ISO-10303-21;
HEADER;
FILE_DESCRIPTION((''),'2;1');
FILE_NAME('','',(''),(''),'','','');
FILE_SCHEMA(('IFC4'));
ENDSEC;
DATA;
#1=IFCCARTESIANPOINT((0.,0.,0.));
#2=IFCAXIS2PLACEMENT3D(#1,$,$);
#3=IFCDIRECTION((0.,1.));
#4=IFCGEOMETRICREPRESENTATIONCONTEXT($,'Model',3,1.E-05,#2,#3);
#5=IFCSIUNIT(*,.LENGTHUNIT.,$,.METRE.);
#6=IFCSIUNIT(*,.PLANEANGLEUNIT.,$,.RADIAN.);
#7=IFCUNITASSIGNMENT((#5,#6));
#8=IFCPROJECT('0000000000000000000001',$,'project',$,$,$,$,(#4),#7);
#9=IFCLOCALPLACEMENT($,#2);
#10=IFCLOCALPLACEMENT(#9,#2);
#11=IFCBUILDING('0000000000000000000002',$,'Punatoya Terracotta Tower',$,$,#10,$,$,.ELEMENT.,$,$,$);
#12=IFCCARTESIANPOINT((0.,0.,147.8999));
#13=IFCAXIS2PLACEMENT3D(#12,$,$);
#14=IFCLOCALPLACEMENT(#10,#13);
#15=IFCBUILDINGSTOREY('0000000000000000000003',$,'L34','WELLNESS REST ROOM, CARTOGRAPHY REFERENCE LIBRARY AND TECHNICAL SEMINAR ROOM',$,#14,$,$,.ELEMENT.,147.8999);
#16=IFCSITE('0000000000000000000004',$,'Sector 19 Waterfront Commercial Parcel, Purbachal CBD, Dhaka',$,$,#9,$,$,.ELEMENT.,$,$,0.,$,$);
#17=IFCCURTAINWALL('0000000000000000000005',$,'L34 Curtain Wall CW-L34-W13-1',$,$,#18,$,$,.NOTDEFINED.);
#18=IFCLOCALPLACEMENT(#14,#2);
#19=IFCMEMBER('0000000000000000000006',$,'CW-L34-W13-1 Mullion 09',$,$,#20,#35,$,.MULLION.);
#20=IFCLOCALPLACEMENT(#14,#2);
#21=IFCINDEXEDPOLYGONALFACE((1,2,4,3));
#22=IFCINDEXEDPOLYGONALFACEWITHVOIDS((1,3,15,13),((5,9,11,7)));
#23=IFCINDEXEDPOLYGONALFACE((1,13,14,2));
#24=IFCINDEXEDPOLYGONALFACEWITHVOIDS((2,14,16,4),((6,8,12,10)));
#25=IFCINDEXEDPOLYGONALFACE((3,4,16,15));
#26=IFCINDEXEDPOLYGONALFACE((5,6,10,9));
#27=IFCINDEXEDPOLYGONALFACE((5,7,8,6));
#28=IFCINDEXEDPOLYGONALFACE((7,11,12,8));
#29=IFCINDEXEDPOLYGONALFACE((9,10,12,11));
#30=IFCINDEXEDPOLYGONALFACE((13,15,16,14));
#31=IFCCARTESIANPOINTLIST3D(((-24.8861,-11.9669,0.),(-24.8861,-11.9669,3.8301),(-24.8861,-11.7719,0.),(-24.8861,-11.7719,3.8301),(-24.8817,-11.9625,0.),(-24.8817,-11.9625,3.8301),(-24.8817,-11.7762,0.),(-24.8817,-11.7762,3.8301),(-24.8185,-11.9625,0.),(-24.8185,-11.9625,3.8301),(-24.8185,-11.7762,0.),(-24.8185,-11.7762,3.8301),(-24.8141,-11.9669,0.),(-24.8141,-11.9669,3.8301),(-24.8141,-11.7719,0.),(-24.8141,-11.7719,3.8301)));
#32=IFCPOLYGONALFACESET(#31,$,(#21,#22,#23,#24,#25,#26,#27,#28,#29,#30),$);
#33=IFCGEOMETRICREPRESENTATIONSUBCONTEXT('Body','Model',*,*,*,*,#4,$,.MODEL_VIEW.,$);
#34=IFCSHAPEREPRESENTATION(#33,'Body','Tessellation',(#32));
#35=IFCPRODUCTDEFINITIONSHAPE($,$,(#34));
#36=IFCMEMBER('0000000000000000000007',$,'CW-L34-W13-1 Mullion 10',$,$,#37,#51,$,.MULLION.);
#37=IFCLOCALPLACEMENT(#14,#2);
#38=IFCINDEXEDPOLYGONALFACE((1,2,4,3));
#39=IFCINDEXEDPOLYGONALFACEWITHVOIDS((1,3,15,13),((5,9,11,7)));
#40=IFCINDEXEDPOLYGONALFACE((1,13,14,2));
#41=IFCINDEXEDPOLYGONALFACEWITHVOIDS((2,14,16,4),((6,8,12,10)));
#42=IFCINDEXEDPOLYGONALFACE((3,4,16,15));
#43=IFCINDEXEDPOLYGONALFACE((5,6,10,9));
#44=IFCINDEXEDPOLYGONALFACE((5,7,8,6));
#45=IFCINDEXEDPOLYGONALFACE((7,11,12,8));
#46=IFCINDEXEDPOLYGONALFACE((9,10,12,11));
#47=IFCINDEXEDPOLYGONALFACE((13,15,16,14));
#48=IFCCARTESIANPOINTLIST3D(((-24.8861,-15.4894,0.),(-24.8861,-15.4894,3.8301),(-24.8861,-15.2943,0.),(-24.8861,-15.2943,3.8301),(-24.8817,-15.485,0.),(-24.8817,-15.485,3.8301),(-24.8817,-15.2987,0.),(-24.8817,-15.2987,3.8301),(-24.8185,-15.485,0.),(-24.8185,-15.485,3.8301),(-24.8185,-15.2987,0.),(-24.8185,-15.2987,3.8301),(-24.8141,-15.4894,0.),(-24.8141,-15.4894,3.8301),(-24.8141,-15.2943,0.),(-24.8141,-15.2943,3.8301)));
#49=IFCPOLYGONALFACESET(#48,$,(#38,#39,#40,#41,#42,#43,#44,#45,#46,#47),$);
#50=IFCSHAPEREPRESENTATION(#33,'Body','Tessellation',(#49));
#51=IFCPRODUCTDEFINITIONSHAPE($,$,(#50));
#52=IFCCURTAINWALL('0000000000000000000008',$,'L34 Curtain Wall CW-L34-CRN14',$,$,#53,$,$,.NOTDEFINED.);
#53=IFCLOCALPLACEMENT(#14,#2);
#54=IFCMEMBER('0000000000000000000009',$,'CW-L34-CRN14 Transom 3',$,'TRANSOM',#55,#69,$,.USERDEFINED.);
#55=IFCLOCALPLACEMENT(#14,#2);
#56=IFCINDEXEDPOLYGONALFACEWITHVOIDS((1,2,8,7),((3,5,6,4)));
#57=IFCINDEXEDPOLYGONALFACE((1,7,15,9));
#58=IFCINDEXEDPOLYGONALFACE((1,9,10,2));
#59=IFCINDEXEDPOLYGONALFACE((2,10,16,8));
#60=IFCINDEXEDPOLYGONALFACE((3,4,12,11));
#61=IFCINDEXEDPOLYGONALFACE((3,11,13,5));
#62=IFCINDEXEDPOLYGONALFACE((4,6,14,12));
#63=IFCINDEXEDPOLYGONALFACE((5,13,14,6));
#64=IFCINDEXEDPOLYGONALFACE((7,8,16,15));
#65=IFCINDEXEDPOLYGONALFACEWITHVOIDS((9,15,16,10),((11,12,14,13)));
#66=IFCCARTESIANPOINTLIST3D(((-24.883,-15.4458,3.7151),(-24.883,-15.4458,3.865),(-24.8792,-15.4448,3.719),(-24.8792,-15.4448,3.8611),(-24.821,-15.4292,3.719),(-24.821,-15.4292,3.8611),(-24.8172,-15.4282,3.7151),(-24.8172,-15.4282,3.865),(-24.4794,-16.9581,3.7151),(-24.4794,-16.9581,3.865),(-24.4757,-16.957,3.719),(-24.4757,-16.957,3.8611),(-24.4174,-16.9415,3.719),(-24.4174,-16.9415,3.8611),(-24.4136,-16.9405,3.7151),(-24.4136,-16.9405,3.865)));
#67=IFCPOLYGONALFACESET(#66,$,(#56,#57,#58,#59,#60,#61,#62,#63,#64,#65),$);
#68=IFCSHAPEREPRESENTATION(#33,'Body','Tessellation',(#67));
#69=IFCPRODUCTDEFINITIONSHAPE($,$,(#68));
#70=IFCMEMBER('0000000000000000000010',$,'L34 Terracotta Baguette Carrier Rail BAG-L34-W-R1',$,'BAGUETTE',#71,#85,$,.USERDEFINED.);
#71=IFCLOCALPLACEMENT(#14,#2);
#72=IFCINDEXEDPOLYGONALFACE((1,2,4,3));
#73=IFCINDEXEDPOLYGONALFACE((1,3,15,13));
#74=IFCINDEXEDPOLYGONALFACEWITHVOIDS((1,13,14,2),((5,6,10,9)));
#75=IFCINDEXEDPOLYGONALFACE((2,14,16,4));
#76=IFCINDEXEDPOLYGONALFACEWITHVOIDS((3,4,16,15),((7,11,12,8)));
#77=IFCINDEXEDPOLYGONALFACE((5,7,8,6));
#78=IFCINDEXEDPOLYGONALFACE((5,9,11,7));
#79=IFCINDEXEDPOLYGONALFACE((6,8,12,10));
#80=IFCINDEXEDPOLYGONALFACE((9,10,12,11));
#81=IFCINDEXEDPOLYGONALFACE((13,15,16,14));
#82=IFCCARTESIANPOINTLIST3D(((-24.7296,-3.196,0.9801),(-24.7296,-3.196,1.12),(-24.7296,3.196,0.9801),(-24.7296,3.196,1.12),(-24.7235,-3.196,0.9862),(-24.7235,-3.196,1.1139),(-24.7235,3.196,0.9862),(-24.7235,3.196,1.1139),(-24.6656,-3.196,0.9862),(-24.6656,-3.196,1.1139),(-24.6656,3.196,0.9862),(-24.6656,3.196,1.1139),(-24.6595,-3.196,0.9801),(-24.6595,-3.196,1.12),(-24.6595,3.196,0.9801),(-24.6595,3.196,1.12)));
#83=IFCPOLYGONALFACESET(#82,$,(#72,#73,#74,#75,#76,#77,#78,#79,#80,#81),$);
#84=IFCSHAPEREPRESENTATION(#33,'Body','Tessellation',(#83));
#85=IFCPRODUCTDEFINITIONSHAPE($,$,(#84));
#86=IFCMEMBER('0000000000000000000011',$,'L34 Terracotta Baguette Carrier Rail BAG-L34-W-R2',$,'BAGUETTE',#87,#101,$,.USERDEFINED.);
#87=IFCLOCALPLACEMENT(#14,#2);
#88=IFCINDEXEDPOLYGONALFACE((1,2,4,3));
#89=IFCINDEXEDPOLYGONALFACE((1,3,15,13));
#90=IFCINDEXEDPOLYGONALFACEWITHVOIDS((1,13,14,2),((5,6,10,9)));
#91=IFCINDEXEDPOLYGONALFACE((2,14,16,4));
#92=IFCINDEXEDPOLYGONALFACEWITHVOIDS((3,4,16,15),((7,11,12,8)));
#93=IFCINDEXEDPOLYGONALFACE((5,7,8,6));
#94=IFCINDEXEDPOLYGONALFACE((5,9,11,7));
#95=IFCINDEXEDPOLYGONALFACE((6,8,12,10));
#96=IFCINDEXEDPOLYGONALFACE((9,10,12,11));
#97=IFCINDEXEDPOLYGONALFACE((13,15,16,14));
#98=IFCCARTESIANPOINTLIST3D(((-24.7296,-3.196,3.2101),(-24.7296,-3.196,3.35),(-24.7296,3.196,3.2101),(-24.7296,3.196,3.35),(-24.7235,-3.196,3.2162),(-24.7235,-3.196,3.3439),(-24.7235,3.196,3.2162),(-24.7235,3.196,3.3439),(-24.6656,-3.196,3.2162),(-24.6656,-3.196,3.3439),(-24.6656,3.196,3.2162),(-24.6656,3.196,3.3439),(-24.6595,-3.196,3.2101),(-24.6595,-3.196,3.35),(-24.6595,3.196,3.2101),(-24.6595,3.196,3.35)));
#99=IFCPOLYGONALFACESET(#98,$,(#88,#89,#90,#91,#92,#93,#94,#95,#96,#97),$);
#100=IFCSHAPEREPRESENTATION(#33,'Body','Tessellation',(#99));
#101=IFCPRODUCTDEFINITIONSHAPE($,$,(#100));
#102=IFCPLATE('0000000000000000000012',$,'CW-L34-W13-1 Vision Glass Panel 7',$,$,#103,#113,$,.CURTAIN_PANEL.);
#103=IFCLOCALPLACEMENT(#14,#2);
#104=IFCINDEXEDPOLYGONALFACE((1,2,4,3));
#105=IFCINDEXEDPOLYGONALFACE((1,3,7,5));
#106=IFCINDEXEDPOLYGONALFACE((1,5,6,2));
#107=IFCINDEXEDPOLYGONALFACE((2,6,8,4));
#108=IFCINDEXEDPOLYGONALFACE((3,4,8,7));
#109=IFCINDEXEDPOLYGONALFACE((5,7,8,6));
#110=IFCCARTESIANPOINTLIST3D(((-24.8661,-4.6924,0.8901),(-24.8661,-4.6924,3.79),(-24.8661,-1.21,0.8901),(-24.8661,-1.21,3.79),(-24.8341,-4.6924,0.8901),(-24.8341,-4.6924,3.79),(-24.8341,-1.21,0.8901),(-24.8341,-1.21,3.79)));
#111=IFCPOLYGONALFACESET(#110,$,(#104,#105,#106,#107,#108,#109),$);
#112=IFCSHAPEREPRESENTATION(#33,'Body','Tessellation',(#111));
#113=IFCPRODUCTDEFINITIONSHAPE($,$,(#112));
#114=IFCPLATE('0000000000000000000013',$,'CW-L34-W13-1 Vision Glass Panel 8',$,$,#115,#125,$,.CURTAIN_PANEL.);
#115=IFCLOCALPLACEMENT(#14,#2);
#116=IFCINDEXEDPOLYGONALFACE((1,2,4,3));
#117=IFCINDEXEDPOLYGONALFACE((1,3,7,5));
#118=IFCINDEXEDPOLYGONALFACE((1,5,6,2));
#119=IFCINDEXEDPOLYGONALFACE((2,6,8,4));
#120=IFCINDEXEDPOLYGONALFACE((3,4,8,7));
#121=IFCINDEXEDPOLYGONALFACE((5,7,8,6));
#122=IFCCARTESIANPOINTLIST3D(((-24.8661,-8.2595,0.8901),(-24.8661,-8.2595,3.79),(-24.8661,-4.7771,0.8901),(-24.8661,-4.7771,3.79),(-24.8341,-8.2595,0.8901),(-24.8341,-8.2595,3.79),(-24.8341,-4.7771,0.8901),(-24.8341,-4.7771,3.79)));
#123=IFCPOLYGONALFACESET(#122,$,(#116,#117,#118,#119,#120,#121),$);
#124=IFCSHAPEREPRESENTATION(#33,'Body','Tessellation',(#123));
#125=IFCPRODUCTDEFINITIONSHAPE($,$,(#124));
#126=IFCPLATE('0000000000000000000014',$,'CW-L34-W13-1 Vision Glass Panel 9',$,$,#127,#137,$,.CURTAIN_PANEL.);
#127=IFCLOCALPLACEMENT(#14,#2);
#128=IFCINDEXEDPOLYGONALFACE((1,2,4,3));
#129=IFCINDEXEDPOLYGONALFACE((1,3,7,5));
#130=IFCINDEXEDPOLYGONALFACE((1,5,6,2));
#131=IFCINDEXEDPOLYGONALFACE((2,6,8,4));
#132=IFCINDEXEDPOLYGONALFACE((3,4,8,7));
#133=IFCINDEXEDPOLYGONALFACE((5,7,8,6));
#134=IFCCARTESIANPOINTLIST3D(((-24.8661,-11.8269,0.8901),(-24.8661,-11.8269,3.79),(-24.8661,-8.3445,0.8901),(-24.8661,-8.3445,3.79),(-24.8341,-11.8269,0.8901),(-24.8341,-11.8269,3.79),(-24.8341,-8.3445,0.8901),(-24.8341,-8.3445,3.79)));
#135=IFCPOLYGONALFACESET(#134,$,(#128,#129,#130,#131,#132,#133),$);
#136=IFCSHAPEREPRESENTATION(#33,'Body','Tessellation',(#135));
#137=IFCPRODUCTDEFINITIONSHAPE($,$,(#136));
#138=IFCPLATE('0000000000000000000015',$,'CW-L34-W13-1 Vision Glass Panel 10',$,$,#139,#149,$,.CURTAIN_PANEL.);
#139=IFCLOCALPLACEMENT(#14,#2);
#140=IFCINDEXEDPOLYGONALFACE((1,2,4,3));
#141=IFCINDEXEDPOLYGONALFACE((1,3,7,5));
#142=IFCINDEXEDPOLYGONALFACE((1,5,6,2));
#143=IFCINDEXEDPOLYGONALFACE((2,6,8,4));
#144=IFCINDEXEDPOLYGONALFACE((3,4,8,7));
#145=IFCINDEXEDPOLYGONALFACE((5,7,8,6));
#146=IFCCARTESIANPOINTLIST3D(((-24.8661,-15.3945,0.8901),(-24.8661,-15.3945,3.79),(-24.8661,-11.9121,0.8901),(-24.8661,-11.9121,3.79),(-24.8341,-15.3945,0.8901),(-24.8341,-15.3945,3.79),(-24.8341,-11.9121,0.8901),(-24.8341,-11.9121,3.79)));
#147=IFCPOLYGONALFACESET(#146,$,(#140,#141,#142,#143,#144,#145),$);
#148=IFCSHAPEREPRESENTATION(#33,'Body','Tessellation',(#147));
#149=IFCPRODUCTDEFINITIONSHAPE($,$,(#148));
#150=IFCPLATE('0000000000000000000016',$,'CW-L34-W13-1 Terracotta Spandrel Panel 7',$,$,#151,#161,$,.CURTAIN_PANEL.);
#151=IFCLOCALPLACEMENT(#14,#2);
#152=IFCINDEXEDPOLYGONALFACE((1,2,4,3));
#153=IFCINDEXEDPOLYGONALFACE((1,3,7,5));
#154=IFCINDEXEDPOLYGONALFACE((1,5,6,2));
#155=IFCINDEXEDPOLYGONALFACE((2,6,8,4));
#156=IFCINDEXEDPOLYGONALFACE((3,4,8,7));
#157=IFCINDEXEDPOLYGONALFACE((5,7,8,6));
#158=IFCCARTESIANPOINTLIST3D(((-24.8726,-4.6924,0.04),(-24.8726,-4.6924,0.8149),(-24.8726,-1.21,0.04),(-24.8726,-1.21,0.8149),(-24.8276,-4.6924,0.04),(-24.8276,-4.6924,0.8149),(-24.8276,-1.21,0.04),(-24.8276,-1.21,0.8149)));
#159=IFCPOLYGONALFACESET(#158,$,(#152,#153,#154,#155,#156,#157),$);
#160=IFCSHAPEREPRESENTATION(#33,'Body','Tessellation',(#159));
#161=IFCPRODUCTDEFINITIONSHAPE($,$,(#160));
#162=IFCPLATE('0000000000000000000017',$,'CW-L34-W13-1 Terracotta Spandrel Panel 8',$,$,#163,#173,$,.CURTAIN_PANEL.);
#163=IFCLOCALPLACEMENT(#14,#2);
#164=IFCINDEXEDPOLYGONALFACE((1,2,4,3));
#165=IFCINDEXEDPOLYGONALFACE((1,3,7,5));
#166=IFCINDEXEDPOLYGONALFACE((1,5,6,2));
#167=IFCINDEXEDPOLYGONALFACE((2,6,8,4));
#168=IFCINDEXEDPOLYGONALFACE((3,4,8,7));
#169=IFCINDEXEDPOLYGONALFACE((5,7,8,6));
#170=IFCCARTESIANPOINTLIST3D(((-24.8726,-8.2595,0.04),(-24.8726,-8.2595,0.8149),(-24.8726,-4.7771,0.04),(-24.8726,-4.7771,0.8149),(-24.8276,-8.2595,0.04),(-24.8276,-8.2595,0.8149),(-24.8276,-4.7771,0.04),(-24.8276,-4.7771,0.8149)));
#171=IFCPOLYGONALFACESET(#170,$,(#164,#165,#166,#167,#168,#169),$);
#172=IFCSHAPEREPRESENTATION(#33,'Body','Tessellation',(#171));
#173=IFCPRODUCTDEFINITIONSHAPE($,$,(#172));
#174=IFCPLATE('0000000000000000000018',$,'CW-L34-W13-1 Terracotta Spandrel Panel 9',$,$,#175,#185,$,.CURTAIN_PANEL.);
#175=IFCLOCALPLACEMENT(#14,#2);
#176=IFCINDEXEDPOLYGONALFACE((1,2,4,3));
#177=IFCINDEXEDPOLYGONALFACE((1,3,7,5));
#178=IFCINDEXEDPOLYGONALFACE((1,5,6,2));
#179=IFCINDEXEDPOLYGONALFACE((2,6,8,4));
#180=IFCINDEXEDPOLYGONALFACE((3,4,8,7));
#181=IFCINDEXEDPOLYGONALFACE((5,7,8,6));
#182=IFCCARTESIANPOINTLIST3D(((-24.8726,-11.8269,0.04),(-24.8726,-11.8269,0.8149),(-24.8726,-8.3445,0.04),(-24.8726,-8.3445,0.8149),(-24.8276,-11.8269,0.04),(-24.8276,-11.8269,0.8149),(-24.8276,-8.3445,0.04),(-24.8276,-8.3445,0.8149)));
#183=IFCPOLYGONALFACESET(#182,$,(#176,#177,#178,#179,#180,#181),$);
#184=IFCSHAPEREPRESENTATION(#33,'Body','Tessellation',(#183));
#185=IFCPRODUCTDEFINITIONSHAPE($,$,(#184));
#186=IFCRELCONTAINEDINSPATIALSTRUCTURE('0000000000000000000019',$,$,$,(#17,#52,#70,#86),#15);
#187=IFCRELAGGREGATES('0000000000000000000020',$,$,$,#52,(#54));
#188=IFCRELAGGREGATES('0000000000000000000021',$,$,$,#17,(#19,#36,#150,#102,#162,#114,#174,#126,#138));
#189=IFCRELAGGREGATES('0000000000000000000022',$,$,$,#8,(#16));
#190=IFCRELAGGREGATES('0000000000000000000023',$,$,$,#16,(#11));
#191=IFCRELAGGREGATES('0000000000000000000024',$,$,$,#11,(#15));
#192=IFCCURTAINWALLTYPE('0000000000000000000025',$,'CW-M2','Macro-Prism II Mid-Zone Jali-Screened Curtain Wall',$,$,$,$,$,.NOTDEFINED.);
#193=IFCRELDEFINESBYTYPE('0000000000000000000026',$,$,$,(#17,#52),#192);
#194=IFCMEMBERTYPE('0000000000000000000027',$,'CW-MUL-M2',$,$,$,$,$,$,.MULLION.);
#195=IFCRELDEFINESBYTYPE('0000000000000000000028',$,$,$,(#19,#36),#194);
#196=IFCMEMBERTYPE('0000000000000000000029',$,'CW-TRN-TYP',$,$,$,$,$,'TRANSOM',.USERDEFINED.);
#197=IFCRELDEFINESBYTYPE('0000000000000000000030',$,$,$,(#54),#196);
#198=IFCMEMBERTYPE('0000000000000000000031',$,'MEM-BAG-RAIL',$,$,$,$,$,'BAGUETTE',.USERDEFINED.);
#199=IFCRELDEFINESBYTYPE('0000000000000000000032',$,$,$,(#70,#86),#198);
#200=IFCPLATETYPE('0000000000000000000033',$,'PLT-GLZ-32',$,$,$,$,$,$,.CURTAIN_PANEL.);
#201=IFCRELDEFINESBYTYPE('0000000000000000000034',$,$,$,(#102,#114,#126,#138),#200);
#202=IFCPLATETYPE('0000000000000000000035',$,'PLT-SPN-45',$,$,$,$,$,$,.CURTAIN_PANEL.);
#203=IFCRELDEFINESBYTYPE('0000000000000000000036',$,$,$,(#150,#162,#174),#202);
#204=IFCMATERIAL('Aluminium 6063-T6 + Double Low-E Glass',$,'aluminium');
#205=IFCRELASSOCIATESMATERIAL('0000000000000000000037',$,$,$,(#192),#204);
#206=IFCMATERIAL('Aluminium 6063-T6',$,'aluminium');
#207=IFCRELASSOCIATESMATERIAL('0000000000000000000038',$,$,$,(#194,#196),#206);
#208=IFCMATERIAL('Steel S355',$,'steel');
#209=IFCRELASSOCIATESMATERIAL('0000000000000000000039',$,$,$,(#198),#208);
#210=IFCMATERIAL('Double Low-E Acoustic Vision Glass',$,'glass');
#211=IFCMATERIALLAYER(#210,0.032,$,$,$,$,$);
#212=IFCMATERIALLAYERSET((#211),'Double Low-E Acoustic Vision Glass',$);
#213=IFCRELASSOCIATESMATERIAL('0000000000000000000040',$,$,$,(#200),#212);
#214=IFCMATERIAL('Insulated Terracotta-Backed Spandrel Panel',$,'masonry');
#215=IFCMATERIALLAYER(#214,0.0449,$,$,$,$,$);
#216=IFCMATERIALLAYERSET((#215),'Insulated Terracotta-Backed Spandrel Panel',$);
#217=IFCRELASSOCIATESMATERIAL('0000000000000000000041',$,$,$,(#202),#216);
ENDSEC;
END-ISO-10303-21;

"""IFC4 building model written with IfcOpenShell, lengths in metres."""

from ifc_helpers import new_model, si_unit, direction, frame, origin, origin_2d, place, context, subcontext, project, spatial, rectangle, hollow_rectangle, extrude, material, layer, layer_set, material_profile, profile_set, type_object, element, aggregate, save


model = new_model("IFC4")

# Units and contexts
model_context = context("Model", 3, precision=1e-05, world=origin(), true_north=direction((0.0, 1.0)))
body_context = subcontext(model_context, "Body", "Model", "MODEL_VIEW")
ifc_project = project(units=[si_unit("LENGTHUNIT", "METRE"), si_unit("PLANEANGLEUNIT", "RADIAN")], contexts=[model_context])

# Site, building, storey
site_placement = place(None, origin())
site = spatial("IfcSite", under=ifc_project, at=site_placement, Name="Sector 19 Waterfront Commercial Parcel, Purbachal CBD, Dhaka", CompositionType="ELEMENT", RefElevation=0.0)
building_placement = place(site_placement, origin())
building = spatial("IfcBuilding", under=site, at=building_placement, Name="Punatoya Terracotta Tower", CompositionType="ELEMENT")
storey_placement = place(building_placement, frame((0.0, 0.0, 147.8999)))
storey = spatial("IfcBuildingStorey", under=building, at=storey_placement, Name="L34", Description="WELLNESS REST ROOM, CARTOGRAPHY REFERENCE LIBRARY AND TECHNICAL SEMINAR ROOM", CompositionType="ELEMENT", Elevation=147.8999)

# Curtain wall, members
ifc_material_1 = material(Name="Aluminium 6063-T6 + Double Low-E Glass", Category="aluminium")
curtain_wall_type = type_object("IfcCurtainWallType", Name="CW-M2", Description="Macro-Prism II Mid-Zone Jali-Screened Curtain Wall", PredefinedType="NOTDEFINED", material=ifc_material_1)
curtain_wall_1_placement = place(storey_placement, origin())
curtain_wall_1 = element("IfcCurtainWall", 1, at=curtain_wall_1_placement, inside=storey, type_object=curtain_wall_type, Name="L34 Curtain Wall CW-L34-W13-1", PredefinedType="NOTDEFINED")
ifc_material_2 = material(Name="Aluminium 6063-T6", Category="aluminium")
ifc_material_profile_1 = material_profile(ifc_material_2, hollow_rectangle(XDim=0.072, YDim=0.1951, WallThickness=0.0044, at=origin_2d()))
ifc_profile_set_1 = profile_set([ifc_material_profile_1], Name="Aluminium 6063-T6")
member_type_1 = type_object("IfcMemberType", Name="CW-MUL-M2", PredefinedType="MULLION", material=ifc_profile_set_1)
member_1_placement = place(storey_placement, frame((-24.8501, -11.8694, 0.0), z_axis=(0.0, 0.0, 1.0), x_axis=(1.0, 0.0, 0.0)))
member_1 = element("IfcMember", 2, at=member_1_placement, type_object=member_type_1, Name="CW-L34-W13-1 Mullion 09", PredefinedType="MULLION", context=body_context, shape_type="SweptSolid", body=[
    extrude(hollow_rectangle(XDim=0.072, YDim=0.1951, WallThickness=0.0044, at=origin_2d()), origin(), (0.0, 0.0, 1.0), 3.8301),
])
member_2_placement = place(storey_placement, frame((-24.8501, -15.3918, 0.0), z_axis=(0.0, 0.0, 1.0), x_axis=(1.0, 0.0, 0.0)))
member_2 = element("IfcMember", 3, at=member_2_placement, type_object=member_type_1, Name="CW-L34-W13-1 Mullion 10", PredefinedType="MULLION", context=body_context, shape_type="SweptSolid", body=[
    extrude(hollow_rectangle(XDim=0.072, YDim=0.1951, WallThickness=0.0044, at=origin_2d()), origin(), (0.0, 0.0, 1.0), 3.8301),
])

# Curtain wall, member
curtain_wall_2_placement = place(storey_placement, origin())
curtain_wall_2 = element("IfcCurtainWall", 4, at=curtain_wall_2_placement, inside=storey, type_object=curtain_wall_type, Name="L34 Curtain Wall CW-L34-CRN14", PredefinedType="NOTDEFINED")
ifc_material_profile_2 = material_profile(ifc_material_2, hollow_rectangle(XDim=0.0681, YDim=0.1499, WallThickness=0.0039, at=origin_2d()))
ifc_profile_set_2 = profile_set([ifc_material_profile_2], Name="Aluminium 6063-T6")
member_type_2 = type_object("IfcMemberType", Name="CW-TRN-TYP", ElementType="TRANSOM", PredefinedType="USERDEFINED", material=ifc_profile_set_2)
member_3_placement = place(storey_placement, frame((-24.8501, -15.437, 3.79), z_axis=(0.257847, -0.966186, 0.0), x_axis=(0.966186, 0.257847, 0.0)))
member_3 = element("IfcMember", 5, at=member_3_placement, type_object=member_type_2, Name="CW-L34-CRN14 Transom 3", ObjectType="TRANSOM", PredefinedType="USERDEFINED", context=body_context, shape_type="SweptSolid", body=[
    extrude(hollow_rectangle(XDim=0.0681, YDim=0.1499, WallThickness=0.0039, at=origin_2d()), origin(), (0.0, 0.0, 1.0), 1.5652),
])
aggregate(curtain_wall_2, [member_3])

# Members
ifc_material_3 = material(Name="Steel S355", Category="steel")
ifc_material_profile_3 = material_profile(ifc_material_3, hollow_rectangle(XDim=0.0701, YDim=0.1399, WallThickness=0.0061, at=origin_2d()))
ifc_profile_set_3 = profile_set([ifc_material_profile_3], Name="Steel S355")
member_type_3 = type_object("IfcMemberType", Name="MEM-BAG-RAIL", ElementType="BAGUETTE", PredefinedType="USERDEFINED", material=ifc_profile_set_3)
for number, where, z_axis, x_axis, name in (
    (6, (-24.6946, -3.196, 1.05), (0.0, 1.0, 0.0), (-1.0, 0.0, 0.0), "L34 Terracotta Baguette Carrier Rail BAG-L34-W-R1"),
    (7, (-24.6946, -3.196, 3.28), (0.0, 1.0, 0.0), (-1.0, 0.0, 0.0), "L34 Terracotta Baguette Carrier Rail BAG-L34-W-R2"),
):
    element("IfcMember", number, at=place(storey_placement, frame(where, z_axis=z_axis, x_axis=x_axis)), inside=storey, type_object=member_type_3, Name=name, ObjectType="BAGUETTE", PredefinedType="USERDEFINED", context=body_context, shape_type="SweptSolid", body=[
        extrude(hollow_rectangle(XDim=0.0701, YDim=0.1399, WallThickness=0.0061, at=origin_2d()), origin(), (0.0, 0.0, 1.0), 6.3921),
    ])

# Plates
ifc_material_4 = material(Name="Double Low-E Acoustic Vision Glass", Category="glass")
ifc_layer_1 = layer(ifc_material_4, 0.032)
ifc_layer_set_1 = layer_set([ifc_layer_1], Name="Double Low-E Acoustic Vision Glass")
plate_type_1 = type_object("IfcPlateType", Name="PLT-GLZ-32", PredefinedType="CURTAIN_PANEL", material=ifc_layer_set_1)
plate_1_placement = place(storey_placement, frame((-24.8501, -2.9512, 0.8901), z_axis=(0.0, 0.0, 1.0), x_axis=(0.0, -1.0, 0.0)))
plate_1 = element("IfcPlate", 8, at=plate_1_placement, type_object=plate_type_1, Name="CW-L34-W13-1 Vision Glass Panel 7", PredefinedType="CURTAIN_PANEL", context=body_context, shape_type="SweptSolid", body=[
    extrude(rectangle(XDim=3.4824, YDim=0.032, at=origin_2d()), origin(), (0.0, 0.0, 1.0), 2.8999),
])
plate_2_placement = place(storey_placement, frame((-24.8501, -6.5183, 0.8901), z_axis=(0.0, 0.0, 1.0), x_axis=(0.0, -1.0, 0.0)))
plate_2 = element("IfcPlate", 9, at=plate_2_placement, type_object=plate_type_1, Name="CW-L34-W13-1 Vision Glass Panel 8", PredefinedType="CURTAIN_PANEL", context=body_context, shape_type="SweptSolid", body=[
    extrude(rectangle(XDim=3.4824, YDim=0.032, at=origin_2d()), origin(), (0.0, 0.0, 1.0), 2.8999),
])
plate_3_placement = place(storey_placement, frame((-24.8501, -10.0857, 0.8901), z_axis=(0.0, 0.0, 1.0), x_axis=(0.0, -1.0, 0.0)))
plate_3 = element("IfcPlate", 10, at=plate_3_placement, type_object=plate_type_1, Name="CW-L34-W13-1 Vision Glass Panel 9", PredefinedType="CURTAIN_PANEL", context=body_context, shape_type="SweptSolid", body=[
    extrude(rectangle(XDim=3.4824, YDim=0.032, at=origin_2d()), origin(), (0.0, 0.0, 1.0), 2.8999),
])
plate_4_placement = place(storey_placement, frame((-24.8501, -13.6533, 0.8901), z_axis=(0.0, 0.0, 1.0), x_axis=(0.0, -1.0, 0.0)))
plate_4 = element("IfcPlate", 11, at=plate_4_placement, type_object=plate_type_1, Name="CW-L34-W13-1 Vision Glass Panel 10", PredefinedType="CURTAIN_PANEL", context=body_context, shape_type="SweptSolid", body=[
    extrude(rectangle(XDim=3.4824, YDim=0.032, at=origin_2d()), origin(), (0.0, 0.0, 1.0), 2.8999),
])
ifc_material_5 = material(Name="Insulated Terracotta-Backed Spandrel Panel", Category="masonry")
ifc_layer_2 = layer(ifc_material_5, 0.0449)
ifc_layer_set_2 = layer_set([ifc_layer_2], Name="Insulated Terracotta-Backed Spandrel Panel")
plate_type_2 = type_object("IfcPlateType", Name="PLT-SPN-45", PredefinedType="CURTAIN_PANEL", material=ifc_layer_set_2)
plate_5_placement = place(storey_placement, frame((-24.8501, -2.9512, 0.04), z_axis=(0.0, 0.0, 1.0), x_axis=(0.0, -1.0, 0.0)))
plate_5 = element("IfcPlate", 12, at=plate_5_placement, type_object=plate_type_2, Name="CW-L34-W13-1 Terracotta Spandrel Panel 7", PredefinedType="CURTAIN_PANEL", context=body_context, shape_type="SweptSolid", body=[
    extrude(rectangle(XDim=3.4824, YDim=0.0449, at=origin_2d()), origin(), (0.0, 0.0, 1.0), 0.7749),
])
plate_6_placement = place(storey_placement, frame((-24.8501, -6.5183, 0.04), z_axis=(0.0, 0.0, 1.0), x_axis=(0.0, -1.0, 0.0)))
plate_6 = element("IfcPlate", 13, at=plate_6_placement, type_object=plate_type_2, Name="CW-L34-W13-1 Terracotta Spandrel Panel 8", PredefinedType="CURTAIN_PANEL", context=body_context, shape_type="SweptSolid", body=[
    extrude(rectangle(XDim=3.4824, YDim=0.0449, at=origin_2d()), origin(), (0.0, 0.0, 1.0), 0.7749),
])
plate_7_placement = place(storey_placement, frame((-24.8501, -10.0857, 0.04), z_axis=(0.0, 0.0, 1.0), x_axis=(0.0, -1.0, 0.0)))
plate_7 = element("IfcPlate", 14, at=plate_7_placement, type_object=plate_type_2, Name="CW-L34-W13-1 Terracotta Spandrel Panel 9", PredefinedType="CURTAIN_PANEL", context=body_context, shape_type="SweptSolid", body=[
    extrude(rectangle(XDim=3.4824, YDim=0.0449, at=origin_2d()), origin(), (0.0, 0.0, 1.0), 0.7749),
])
aggregate(curtain_wall_1, [member_1, member_2, plate_5, plate_1, plate_6, plate_2, plate_7, plate_3, plate_4])

save(model, "model.ifc")
